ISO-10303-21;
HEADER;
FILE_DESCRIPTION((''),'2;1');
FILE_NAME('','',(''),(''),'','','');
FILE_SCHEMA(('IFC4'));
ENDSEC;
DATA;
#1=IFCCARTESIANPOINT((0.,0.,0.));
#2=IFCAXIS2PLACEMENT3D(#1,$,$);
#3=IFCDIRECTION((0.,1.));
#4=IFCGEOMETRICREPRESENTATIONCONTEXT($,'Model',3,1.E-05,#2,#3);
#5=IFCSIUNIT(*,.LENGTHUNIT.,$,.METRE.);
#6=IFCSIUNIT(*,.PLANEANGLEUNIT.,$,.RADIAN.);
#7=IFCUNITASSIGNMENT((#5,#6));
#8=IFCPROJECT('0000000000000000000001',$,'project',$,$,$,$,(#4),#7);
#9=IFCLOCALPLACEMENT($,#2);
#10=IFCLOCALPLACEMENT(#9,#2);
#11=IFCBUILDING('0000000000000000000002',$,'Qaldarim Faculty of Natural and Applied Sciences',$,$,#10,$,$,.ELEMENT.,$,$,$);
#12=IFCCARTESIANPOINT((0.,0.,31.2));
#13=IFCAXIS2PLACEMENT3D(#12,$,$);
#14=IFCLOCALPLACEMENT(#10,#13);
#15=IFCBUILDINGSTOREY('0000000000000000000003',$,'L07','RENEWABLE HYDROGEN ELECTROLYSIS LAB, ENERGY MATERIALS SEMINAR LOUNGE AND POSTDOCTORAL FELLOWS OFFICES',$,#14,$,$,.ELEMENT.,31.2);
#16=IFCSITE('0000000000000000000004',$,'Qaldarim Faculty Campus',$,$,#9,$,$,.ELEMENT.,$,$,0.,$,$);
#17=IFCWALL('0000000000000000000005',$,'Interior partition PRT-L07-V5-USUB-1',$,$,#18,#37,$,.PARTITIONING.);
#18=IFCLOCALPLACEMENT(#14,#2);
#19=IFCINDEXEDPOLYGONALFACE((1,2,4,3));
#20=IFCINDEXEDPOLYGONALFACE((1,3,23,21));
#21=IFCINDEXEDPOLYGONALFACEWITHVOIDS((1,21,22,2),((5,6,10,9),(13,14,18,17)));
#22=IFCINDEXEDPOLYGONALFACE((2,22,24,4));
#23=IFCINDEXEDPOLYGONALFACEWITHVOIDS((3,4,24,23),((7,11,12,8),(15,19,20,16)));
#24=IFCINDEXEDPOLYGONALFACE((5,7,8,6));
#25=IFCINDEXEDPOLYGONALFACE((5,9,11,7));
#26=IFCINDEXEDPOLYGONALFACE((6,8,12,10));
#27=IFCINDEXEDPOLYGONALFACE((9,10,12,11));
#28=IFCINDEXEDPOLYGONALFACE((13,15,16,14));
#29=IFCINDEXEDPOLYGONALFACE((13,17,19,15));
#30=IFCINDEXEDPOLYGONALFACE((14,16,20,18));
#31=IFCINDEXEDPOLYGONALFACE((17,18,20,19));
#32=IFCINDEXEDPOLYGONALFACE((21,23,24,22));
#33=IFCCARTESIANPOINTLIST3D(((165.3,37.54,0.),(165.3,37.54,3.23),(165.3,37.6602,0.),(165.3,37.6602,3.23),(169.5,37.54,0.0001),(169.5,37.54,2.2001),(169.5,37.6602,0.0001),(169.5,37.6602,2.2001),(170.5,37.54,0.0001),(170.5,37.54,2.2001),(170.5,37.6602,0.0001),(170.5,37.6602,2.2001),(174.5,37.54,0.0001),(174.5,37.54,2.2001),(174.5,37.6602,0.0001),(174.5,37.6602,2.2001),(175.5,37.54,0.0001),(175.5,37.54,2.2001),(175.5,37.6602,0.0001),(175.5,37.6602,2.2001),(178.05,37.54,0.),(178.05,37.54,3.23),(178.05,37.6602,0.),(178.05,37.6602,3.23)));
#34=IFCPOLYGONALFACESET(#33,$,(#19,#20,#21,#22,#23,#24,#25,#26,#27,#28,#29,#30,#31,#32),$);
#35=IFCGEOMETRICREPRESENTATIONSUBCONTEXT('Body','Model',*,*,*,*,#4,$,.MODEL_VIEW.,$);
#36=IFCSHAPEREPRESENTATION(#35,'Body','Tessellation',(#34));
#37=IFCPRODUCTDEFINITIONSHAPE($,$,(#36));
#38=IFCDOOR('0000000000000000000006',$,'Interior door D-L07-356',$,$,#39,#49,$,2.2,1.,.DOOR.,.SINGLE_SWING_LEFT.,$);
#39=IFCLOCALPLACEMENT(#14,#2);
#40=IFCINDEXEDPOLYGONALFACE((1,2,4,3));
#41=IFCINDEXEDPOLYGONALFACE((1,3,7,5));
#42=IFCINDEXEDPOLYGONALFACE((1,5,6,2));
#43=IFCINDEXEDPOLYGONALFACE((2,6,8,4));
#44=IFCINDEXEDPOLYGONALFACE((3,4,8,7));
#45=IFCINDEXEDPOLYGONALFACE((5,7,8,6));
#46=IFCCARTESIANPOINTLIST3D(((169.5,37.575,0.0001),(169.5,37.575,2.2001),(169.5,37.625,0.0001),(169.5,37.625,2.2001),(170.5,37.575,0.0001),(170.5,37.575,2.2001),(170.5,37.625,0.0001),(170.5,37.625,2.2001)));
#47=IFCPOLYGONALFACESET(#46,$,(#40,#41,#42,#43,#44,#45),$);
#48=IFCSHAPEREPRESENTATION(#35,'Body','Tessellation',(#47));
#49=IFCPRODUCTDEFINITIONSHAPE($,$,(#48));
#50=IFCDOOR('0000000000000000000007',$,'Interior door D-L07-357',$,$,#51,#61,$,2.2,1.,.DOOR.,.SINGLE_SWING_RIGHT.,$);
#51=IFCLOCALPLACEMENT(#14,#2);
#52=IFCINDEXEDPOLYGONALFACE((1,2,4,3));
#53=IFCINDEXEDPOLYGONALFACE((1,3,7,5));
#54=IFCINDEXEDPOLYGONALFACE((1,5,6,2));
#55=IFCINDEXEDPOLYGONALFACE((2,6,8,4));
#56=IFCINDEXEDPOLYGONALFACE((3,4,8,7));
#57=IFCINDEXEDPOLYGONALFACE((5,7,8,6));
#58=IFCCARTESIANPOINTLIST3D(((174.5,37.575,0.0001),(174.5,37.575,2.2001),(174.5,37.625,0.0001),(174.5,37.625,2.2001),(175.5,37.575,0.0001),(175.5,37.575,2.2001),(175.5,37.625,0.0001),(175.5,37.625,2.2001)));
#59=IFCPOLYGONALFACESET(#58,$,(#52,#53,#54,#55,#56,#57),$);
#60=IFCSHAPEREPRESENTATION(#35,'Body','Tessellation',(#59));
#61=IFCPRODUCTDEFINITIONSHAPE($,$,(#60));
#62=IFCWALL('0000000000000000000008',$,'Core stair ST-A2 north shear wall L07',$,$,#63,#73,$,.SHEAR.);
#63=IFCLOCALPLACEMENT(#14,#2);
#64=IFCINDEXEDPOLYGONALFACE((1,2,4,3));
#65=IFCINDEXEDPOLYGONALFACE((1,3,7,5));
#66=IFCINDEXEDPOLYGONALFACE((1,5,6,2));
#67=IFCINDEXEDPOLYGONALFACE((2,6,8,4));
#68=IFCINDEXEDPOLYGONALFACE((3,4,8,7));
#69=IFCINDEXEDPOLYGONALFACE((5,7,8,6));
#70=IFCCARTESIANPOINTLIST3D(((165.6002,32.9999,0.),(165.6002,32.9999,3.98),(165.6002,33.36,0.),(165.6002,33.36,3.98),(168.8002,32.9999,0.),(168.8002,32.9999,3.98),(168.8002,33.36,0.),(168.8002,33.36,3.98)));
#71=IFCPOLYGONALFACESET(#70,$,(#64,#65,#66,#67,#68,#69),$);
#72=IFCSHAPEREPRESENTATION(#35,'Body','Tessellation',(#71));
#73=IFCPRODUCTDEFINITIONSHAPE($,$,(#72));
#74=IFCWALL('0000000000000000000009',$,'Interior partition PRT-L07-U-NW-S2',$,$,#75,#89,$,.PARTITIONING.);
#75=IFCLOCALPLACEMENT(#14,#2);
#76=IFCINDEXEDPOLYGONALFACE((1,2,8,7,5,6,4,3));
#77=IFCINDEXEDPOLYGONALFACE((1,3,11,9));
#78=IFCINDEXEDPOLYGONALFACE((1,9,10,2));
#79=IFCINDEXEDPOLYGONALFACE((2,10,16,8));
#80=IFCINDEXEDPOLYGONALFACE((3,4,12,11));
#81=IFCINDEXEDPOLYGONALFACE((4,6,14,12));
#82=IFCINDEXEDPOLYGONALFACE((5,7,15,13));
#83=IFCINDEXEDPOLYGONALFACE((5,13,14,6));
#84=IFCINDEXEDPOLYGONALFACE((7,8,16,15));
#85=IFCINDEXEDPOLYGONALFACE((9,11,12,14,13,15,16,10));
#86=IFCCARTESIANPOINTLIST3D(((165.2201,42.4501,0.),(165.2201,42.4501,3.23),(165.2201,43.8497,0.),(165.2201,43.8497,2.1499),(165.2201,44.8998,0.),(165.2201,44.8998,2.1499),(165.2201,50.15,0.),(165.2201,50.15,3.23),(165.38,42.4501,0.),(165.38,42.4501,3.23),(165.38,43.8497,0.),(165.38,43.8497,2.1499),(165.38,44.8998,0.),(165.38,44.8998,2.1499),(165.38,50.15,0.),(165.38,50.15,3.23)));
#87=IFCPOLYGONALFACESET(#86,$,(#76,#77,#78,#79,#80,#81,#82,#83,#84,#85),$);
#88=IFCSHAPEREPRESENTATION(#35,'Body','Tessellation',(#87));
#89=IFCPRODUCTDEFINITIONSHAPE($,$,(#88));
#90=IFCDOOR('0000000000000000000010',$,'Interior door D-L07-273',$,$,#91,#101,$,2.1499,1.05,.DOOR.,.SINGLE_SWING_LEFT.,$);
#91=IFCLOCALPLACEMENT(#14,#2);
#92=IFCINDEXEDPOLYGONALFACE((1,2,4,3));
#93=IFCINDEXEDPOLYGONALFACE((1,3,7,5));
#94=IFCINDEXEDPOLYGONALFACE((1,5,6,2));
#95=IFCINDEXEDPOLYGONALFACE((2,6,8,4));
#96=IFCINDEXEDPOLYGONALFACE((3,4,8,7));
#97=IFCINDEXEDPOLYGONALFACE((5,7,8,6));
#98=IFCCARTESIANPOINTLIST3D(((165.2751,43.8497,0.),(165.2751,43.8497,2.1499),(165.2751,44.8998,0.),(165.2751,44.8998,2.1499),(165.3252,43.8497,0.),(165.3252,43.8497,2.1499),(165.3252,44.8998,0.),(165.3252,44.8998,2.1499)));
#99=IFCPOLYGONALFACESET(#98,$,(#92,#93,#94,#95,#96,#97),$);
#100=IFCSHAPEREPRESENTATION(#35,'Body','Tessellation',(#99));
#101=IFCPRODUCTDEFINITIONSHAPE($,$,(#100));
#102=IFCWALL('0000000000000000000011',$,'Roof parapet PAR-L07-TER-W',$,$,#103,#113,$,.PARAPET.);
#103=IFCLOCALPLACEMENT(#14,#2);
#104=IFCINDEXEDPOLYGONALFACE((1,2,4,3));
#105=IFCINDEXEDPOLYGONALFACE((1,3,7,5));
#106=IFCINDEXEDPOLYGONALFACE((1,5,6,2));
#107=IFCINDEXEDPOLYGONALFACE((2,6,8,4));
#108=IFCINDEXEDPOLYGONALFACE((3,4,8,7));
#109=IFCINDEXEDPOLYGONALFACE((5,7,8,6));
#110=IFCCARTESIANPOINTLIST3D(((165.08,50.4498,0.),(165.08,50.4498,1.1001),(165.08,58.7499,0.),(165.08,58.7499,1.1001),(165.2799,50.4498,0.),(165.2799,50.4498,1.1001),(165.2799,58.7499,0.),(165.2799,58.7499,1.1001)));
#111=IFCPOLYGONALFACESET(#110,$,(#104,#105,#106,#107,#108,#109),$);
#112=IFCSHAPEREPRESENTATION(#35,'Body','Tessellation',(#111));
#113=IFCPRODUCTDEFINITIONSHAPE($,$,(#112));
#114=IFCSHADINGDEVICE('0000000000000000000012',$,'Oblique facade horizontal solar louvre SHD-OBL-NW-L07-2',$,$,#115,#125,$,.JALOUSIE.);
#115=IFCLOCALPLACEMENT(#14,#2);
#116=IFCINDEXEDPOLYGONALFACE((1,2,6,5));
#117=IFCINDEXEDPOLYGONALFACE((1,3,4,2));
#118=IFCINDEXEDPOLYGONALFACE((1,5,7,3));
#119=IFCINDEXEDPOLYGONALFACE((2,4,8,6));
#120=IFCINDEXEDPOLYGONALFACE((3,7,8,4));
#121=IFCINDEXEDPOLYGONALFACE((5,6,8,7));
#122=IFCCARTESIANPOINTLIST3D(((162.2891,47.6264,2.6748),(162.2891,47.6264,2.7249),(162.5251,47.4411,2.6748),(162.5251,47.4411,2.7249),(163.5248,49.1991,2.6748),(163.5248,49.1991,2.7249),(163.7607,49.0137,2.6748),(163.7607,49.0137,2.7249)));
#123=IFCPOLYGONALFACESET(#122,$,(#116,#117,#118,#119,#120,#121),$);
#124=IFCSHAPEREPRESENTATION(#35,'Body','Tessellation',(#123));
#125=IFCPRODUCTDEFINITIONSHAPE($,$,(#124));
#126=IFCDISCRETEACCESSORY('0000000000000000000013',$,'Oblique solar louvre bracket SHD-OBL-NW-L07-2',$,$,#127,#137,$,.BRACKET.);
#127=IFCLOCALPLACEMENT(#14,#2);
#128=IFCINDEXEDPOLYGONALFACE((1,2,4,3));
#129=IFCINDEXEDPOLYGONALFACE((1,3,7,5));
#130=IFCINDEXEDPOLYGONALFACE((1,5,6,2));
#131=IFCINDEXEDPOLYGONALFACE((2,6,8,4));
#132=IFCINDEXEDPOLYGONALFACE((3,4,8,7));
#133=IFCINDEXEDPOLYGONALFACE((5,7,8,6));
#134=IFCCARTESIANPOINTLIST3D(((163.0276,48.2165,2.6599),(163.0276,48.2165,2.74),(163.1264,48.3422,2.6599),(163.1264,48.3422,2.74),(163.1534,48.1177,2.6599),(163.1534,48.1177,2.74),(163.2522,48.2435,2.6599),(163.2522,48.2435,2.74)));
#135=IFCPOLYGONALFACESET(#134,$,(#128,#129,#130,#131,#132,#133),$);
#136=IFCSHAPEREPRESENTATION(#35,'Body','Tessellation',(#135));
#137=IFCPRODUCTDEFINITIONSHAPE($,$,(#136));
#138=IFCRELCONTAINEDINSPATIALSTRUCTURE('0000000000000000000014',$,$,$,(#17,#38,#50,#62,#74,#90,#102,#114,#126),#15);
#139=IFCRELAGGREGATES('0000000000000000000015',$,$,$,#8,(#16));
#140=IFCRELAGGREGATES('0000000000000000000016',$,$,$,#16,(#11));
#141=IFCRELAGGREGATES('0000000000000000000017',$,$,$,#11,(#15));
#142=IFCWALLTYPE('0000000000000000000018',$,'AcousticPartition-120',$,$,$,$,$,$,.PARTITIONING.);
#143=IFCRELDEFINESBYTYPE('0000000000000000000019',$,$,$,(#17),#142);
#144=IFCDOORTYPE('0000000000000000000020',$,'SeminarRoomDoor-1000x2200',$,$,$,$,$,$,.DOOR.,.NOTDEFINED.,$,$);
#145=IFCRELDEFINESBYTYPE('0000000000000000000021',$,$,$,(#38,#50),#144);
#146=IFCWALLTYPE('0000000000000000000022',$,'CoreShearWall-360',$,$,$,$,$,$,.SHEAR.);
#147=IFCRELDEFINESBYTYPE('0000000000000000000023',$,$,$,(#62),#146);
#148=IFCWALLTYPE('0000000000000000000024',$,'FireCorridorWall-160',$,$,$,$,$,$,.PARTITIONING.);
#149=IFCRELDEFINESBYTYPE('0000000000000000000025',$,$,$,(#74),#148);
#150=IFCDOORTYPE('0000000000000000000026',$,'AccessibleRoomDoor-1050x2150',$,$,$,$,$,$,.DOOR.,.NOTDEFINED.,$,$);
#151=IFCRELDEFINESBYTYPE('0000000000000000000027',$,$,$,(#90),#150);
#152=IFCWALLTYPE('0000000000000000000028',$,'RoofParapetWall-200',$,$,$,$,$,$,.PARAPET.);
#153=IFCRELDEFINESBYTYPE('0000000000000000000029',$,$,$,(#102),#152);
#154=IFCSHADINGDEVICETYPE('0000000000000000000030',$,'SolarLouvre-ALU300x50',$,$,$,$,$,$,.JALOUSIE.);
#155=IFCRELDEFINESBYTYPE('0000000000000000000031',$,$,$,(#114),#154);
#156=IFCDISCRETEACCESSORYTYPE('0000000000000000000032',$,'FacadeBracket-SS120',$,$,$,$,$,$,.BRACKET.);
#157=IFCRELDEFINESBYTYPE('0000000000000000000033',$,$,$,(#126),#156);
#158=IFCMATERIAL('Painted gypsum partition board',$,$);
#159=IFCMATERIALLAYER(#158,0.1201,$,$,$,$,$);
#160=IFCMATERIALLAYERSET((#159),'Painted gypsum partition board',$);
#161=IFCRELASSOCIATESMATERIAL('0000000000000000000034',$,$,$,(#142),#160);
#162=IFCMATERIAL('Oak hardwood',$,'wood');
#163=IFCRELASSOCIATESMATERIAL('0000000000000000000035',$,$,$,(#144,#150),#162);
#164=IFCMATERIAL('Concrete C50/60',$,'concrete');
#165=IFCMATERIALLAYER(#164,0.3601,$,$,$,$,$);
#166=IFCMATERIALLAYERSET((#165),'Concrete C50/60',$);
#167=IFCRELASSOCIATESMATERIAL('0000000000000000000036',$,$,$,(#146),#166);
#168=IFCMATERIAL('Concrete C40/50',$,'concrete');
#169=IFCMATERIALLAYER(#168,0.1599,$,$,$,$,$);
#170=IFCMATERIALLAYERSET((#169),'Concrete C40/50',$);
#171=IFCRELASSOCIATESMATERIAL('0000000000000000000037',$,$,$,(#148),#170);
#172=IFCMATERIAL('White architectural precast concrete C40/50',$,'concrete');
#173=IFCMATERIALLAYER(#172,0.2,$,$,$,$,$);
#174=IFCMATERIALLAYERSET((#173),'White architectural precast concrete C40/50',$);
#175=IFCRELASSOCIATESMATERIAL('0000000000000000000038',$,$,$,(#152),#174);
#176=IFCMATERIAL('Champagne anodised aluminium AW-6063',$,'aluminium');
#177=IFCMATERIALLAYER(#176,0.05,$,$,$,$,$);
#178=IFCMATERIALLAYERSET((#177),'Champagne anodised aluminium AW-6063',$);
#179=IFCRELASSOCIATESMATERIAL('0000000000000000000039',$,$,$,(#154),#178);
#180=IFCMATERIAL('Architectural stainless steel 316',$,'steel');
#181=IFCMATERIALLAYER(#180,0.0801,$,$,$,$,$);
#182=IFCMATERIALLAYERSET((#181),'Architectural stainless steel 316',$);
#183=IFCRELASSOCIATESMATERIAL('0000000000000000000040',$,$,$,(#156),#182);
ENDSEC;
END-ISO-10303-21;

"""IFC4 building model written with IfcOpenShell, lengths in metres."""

from ifc_helpers import new_model, si_unit, direction, frame, frame_2d, origin, origin_2d, place, context, subcontext, project, spatial, rectangle, extrude, material, layer, layer_set, type_object, element, fill, save


model = new_model("IFC4")

# Units and contexts
model_context = context("Model", 3, precision=1e-05, world=origin(), true_north=direction((0.0, 1.0)))
body_context = subcontext(model_context, "Body", "Model", "MODEL_VIEW")
ifc_project = project(units=[si_unit("LENGTHUNIT", "METRE"), si_unit("PLANEANGLEUNIT", "RADIAN")], contexts=[model_context])

# Site, building, storey
site_placement = place(None, origin())
site = spatial("IfcSite", under=ifc_project, at=site_placement, Name="Qaldarim Faculty Campus", CompositionType="ELEMENT", RefElevation=0.0)
building_placement = place(site_placement, origin())
building = spatial("IfcBuilding", under=site, at=building_placement, Name="Qaldarim Faculty of Natural and Applied Sciences", CompositionType="ELEMENT")
storey_placement = place(building_placement, frame((0.0, 0.0, 31.2)))
storey = spatial("IfcBuildingStorey", under=building, at=storey_placement, Name="L07", Description="RENEWABLE HYDROGEN ELECTROLYSIS LAB, ENERGY MATERIALS SEMINAR LOUNGE AND POSTDOCTORAL FELLOWS OFFICES", CompositionType="ELEMENT", Elevation=31.2)

# Shared definitions
ifc_material_1 = material(Name="Concrete C50/60", Category="concrete")

# Shared definitions
ifc_material_2 = material(Name="Concrete C40/50", Category="concrete")

# Shared definitions
ifc_material_3 = material(Name="Painted gypsum partition board")
ifc_layer_1 = layer(ifc_material_3, 0.1201)
ifc_layer_set_1 = layer_set([ifc_layer_1], Name="Painted gypsum partition board")
wall_type_1 = type_object("IfcWallType", Name="AcousticPartition-120", PredefinedType="PARTITIONING", material=ifc_layer_set_1)

# Wall, openings, doors
wall_1_placement = place(storey_placement, frame((165.3, 37.6001, 0.0), z_axis=(0.0, 0.0, 1.0), x_axis=(1.0, 0.0, 0.0)))
wall_1 = element("IfcWall", 1, at=wall_1_placement, inside=storey, type_object=wall_type_1, Name="Interior partition PRT-L07-V5-USUB-1", PredefinedType="PARTITIONING", context=body_context, shape_type="SweptSolid", body=[
    extrude(rectangle(XDim=12.75, YDim=0.1201, at=frame_2d((6.375, 0.0))), origin(), (0.0, 0.0, 1.0), 3.23),
])
opening_1_placement = place(wall_1_placement, frame((4.2, 0.0, 0.0)))
opening_1 = element("IfcOpeningElement", 2, at=opening_1_placement, cuts=wall_1, PredefinedType="OPENING", context=body_context, shape_type="SweptSolid", body=[
    extrude(rectangle(XDim=1.0, YDim=2.2, at=frame_2d((0.5, 1.1001))), frame((0.0, 0.0701, 0.0), z_axis=(0.0, -1.0, 0.0), x_axis=(1.0, 0.0, 0.0)), (0.0, 0.0, 1.0), 0.1401),
])
opening_2_placement = place(wall_1_placement, frame((9.2, 0.0, 0.0)))
opening_2 = element("IfcOpeningElement", 3, at=opening_2_placement, cuts=wall_1, PredefinedType="OPENING", context=body_context, shape_type="SweptSolid", body=[
    extrude(rectangle(XDim=1.0, YDim=2.2, at=frame_2d((0.5, 1.1001))), frame((0.0, 0.0701, 0.0), z_axis=(0.0, -1.0, 0.0), x_axis=(1.0, 0.0, 0.0)), (0.0, 0.0, 1.0), 0.1401),
])
ifc_material_4 = material(Name="Oak hardwood", Category="wood")
door_type_1 = type_object("IfcDoorType", Name="SeminarRoomDoor-1000x2200", OperationType="NOTDEFINED", PredefinedType="DOOR", material=ifc_material_4)
door_1_placement = place(opening_1_placement, origin())
door_1 = element("IfcDoor", 4, at=door_1_placement, inside=storey, type_object=door_type_1, Name="Interior door D-L07-356", OperationType="SINGLE_SWING_LEFT", OverallHeight=2.2, OverallWidth=1.0, PredefinedType="DOOR", context=body_context, shape_type="SweptSolid", body=[
    extrude(rectangle(XDim=1.0, YDim=2.2, at=frame_2d((0.5, 1.1001))), frame((0.0, 0.0249, 0.0), z_axis=(0.0, -1.0, 0.0), x_axis=(1.0, 0.0, 0.0)), (0.0, 0.0, 1.0), 0.05),
])
fill(opening_1, door_1)
door_2_placement = place(opening_2_placement, origin())
door_2 = element("IfcDoor", 5, at=door_2_placement, inside=storey, type_object=door_type_1, Name="Interior door D-L07-357", OperationType="SINGLE_SWING_RIGHT", OverallHeight=2.2, OverallWidth=1.0, PredefinedType="DOOR", context=body_context, shape_type="SweptSolid", body=[
    extrude(rectangle(XDim=1.0, YDim=2.2, at=frame_2d((0.5, 1.1001))), frame((0.0, 0.0249, 0.0), z_axis=(0.0, -1.0, 0.0), x_axis=(1.0, 0.0, 0.0)), (0.0, 0.0, 1.0), 0.05),
])
fill(opening_2, door_2)

# Wall
ifc_layer_2 = layer(ifc_material_1, 0.3601)
ifc_layer_set_2 = layer_set([ifc_layer_2], Name="Concrete C50/60")
wall_type_2 = type_object("IfcWallType", Name="CoreShearWall-360", PredefinedType="SHEAR", material=ifc_layer_set_2)
wall_2_placement = place(storey_placement, frame((165.6001, 33.1799, 0.0), z_axis=(0.0, 0.0, 1.0), x_axis=(1.0, 0.0, 0.0)))
element("IfcWall", 6, at=wall_2_placement, inside=storey, type_object=wall_type_2, Name="Core stair ST-A2 north shear wall L07", PredefinedType="SHEAR", context=body_context, shape_type="SweptSolid", body=[
    extrude(rectangle(XDim=3.2, YDim=0.3601, at=frame_2d((1.6001, 0.0))), origin(), (0.0, 0.0, 1.0), 3.98),
])

# Shared definitions
ifc_layer_3 = layer(ifc_material_2, 0.1599)
ifc_layer_set_3 = layer_set([ifc_layer_3], Name="Concrete C40/50")
wall_type_3 = type_object("IfcWallType", Name="FireCorridorWall-160", PredefinedType="PARTITIONING", material=ifc_layer_set_3)
door_type_2 = type_object("IfcDoorType", Name="AccessibleRoomDoor-1050x2150", OperationType="NOTDEFINED", PredefinedType="DOOR", material=ifc_material_4)

# Wall, opening, door
wall_3_placement = place(storey_placement, frame((165.3, 42.45, 0.0), z_axis=(0.0, 0.0, 1.0), x_axis=(0.0, 1.0, 0.0)))
wall_3 = element("IfcWall", 7, at=wall_3_placement, inside=storey, type_object=wall_type_3, Name="Interior partition PRT-L07-U-NW-S2", PredefinedType="PARTITIONING", context=body_context, shape_type="SweptSolid", body=[
    extrude(rectangle(XDim=7.7, YDim=0.1599, at=frame_2d((3.8501, 0.0))), origin(), (0.0, 0.0, 1.0), 3.23),
])
opening_3_placement = place(wall_3_placement, frame((1.3999, 0.0, 0.0)))
opening_3 = element("IfcOpeningElement", 8, at=opening_3_placement, cuts=wall_3, PredefinedType="OPENING", context=body_context, shape_type="SweptSolid", body=[
    extrude(rectangle(XDim=1.05, YDim=2.1499, at=frame_2d((0.5249, 1.075))), frame((0.0, 0.0898, 0.0), z_axis=(0.0, -1.0, 0.0), x_axis=(1.0, 0.0, 0.0)), (0.0, 0.0, 1.0), 0.1799),
])
door_3_placement = place(opening_3_placement, origin())
door_3 = element("IfcDoor", 9, at=door_3_placement, inside=storey, type_object=door_type_2, Name="Interior door D-L07-273", OperationType="SINGLE_SWING_LEFT", OverallHeight=2.1499, OverallWidth=1.05, PredefinedType="DOOR", context=body_context, shape_type="SweptSolid", body=[
    extrude(rectangle(XDim=1.05, YDim=2.1499, at=frame_2d((0.5249, 1.075))), frame((0.0, 0.0249, 0.0), z_axis=(0.0, -1.0, 0.0), x_axis=(1.0, 0.0, 0.0)), (0.0, 0.0, 1.0), 0.05),
])
fill(opening_3, door_3)

# Wall
ifc_material_5 = material(Name="White architectural precast concrete C40/50", Category="concrete")
ifc_layer_4 = layer(ifc_material_5, 0.2)
ifc_layer_set_4 = layer_set([ifc_layer_4], Name="White architectural precast concrete C40/50")
wall_type_4 = type_object("IfcWallType", Name="RoofParapetWall-200", PredefinedType="PARAPET", material=ifc_layer_set_4)
wall_4_placement = place(storey_placement, frame((165.1799, 50.45, 0.0), z_axis=(0.0, 0.0, 1.0), x_axis=(0.0, 1.0, 0.0)))
element("IfcWall", 10, at=wall_4_placement, inside=storey, type_object=wall_type_4, Name="Roof parapet PAR-L07-TER-W", PredefinedType="PARAPET", context=body_context, shape_type="SweptSolid", body=[
    extrude(rectangle(XDim=8.3, YDim=0.2, at=frame_2d((4.1499, 0.0))), origin(), (0.0, 0.0, 1.0), 1.1001),
])

# Shared definitions
ifc_material_6 = material(Name="Architectural stainless steel 316", Category="steel")

# Shading device
ifc_material_7 = material(Name="Champagne anodised aluminium AW-6063", Category="aluminium")
ifc_layer_5 = layer(ifc_material_7, 0.05)
ifc_layer_set_5 = layer_set([ifc_layer_5], Name="Champagne anodised aluminium AW-6063")
shading_device_type = type_object("IfcShadingDeviceType", Name="SolarLouvre-ALU300x50", PredefinedType="JALOUSIE", material=ifc_layer_set_5)
shading_device_placement = place(storey_placement, frame((163.0249, 48.3201, 2.6748), z_axis=(0.0, 0.0, 1.0), x_axis=(0.617818, 0.786321, 0.0)))
element("IfcShadingDevice", 11, at=shading_device_placement, inside=storey, type_object=shading_device_type, Name="Oblique facade horizontal solar louvre SHD-OBL-NW-L07-2", PredefinedType="JALOUSIE", context=body_context, shape_type="SweptSolid", body=[
    extrude(rectangle(XDim=2.0, YDim=0.3, at=origin_2d()), origin(), (0.0, 0.0, 1.0), 0.05),
])

# Discrete accessory
ifc_layer_6 = layer(ifc_material_6, 0.0801)
ifc_layer_set_6 = layer_set([ifc_layer_6], Name="Architectural stainless steel 316")
discrete_accessory_type = type_object("IfcDiscreteAccessoryType", Name="FacadeBracket-SS120", PredefinedType="BRACKET", material=ifc_layer_set_6)
discrete_accessory_placement = place(storey_placement, frame((163.1399, 48.23, 2.6599), z_axis=(0.0, 0.0, 1.0), x_axis=(0.617818, 0.786321, 0.0)))
element("IfcDiscreteAccessory", 12, at=discrete_accessory_placement, inside=storey, type_object=discrete_accessory_type, Name="Oblique solar louvre bracket SHD-OBL-NW-L07-2", PredefinedType="BRACKET", context=body_context, shape_type="SweptSolid", body=[
    extrude(rectangle(XDim=0.1599, YDim=0.1599, at=origin_2d()), origin(), (0.0, 0.0, 1.0), 0.0801),
])

save(model, "model.ifc")
